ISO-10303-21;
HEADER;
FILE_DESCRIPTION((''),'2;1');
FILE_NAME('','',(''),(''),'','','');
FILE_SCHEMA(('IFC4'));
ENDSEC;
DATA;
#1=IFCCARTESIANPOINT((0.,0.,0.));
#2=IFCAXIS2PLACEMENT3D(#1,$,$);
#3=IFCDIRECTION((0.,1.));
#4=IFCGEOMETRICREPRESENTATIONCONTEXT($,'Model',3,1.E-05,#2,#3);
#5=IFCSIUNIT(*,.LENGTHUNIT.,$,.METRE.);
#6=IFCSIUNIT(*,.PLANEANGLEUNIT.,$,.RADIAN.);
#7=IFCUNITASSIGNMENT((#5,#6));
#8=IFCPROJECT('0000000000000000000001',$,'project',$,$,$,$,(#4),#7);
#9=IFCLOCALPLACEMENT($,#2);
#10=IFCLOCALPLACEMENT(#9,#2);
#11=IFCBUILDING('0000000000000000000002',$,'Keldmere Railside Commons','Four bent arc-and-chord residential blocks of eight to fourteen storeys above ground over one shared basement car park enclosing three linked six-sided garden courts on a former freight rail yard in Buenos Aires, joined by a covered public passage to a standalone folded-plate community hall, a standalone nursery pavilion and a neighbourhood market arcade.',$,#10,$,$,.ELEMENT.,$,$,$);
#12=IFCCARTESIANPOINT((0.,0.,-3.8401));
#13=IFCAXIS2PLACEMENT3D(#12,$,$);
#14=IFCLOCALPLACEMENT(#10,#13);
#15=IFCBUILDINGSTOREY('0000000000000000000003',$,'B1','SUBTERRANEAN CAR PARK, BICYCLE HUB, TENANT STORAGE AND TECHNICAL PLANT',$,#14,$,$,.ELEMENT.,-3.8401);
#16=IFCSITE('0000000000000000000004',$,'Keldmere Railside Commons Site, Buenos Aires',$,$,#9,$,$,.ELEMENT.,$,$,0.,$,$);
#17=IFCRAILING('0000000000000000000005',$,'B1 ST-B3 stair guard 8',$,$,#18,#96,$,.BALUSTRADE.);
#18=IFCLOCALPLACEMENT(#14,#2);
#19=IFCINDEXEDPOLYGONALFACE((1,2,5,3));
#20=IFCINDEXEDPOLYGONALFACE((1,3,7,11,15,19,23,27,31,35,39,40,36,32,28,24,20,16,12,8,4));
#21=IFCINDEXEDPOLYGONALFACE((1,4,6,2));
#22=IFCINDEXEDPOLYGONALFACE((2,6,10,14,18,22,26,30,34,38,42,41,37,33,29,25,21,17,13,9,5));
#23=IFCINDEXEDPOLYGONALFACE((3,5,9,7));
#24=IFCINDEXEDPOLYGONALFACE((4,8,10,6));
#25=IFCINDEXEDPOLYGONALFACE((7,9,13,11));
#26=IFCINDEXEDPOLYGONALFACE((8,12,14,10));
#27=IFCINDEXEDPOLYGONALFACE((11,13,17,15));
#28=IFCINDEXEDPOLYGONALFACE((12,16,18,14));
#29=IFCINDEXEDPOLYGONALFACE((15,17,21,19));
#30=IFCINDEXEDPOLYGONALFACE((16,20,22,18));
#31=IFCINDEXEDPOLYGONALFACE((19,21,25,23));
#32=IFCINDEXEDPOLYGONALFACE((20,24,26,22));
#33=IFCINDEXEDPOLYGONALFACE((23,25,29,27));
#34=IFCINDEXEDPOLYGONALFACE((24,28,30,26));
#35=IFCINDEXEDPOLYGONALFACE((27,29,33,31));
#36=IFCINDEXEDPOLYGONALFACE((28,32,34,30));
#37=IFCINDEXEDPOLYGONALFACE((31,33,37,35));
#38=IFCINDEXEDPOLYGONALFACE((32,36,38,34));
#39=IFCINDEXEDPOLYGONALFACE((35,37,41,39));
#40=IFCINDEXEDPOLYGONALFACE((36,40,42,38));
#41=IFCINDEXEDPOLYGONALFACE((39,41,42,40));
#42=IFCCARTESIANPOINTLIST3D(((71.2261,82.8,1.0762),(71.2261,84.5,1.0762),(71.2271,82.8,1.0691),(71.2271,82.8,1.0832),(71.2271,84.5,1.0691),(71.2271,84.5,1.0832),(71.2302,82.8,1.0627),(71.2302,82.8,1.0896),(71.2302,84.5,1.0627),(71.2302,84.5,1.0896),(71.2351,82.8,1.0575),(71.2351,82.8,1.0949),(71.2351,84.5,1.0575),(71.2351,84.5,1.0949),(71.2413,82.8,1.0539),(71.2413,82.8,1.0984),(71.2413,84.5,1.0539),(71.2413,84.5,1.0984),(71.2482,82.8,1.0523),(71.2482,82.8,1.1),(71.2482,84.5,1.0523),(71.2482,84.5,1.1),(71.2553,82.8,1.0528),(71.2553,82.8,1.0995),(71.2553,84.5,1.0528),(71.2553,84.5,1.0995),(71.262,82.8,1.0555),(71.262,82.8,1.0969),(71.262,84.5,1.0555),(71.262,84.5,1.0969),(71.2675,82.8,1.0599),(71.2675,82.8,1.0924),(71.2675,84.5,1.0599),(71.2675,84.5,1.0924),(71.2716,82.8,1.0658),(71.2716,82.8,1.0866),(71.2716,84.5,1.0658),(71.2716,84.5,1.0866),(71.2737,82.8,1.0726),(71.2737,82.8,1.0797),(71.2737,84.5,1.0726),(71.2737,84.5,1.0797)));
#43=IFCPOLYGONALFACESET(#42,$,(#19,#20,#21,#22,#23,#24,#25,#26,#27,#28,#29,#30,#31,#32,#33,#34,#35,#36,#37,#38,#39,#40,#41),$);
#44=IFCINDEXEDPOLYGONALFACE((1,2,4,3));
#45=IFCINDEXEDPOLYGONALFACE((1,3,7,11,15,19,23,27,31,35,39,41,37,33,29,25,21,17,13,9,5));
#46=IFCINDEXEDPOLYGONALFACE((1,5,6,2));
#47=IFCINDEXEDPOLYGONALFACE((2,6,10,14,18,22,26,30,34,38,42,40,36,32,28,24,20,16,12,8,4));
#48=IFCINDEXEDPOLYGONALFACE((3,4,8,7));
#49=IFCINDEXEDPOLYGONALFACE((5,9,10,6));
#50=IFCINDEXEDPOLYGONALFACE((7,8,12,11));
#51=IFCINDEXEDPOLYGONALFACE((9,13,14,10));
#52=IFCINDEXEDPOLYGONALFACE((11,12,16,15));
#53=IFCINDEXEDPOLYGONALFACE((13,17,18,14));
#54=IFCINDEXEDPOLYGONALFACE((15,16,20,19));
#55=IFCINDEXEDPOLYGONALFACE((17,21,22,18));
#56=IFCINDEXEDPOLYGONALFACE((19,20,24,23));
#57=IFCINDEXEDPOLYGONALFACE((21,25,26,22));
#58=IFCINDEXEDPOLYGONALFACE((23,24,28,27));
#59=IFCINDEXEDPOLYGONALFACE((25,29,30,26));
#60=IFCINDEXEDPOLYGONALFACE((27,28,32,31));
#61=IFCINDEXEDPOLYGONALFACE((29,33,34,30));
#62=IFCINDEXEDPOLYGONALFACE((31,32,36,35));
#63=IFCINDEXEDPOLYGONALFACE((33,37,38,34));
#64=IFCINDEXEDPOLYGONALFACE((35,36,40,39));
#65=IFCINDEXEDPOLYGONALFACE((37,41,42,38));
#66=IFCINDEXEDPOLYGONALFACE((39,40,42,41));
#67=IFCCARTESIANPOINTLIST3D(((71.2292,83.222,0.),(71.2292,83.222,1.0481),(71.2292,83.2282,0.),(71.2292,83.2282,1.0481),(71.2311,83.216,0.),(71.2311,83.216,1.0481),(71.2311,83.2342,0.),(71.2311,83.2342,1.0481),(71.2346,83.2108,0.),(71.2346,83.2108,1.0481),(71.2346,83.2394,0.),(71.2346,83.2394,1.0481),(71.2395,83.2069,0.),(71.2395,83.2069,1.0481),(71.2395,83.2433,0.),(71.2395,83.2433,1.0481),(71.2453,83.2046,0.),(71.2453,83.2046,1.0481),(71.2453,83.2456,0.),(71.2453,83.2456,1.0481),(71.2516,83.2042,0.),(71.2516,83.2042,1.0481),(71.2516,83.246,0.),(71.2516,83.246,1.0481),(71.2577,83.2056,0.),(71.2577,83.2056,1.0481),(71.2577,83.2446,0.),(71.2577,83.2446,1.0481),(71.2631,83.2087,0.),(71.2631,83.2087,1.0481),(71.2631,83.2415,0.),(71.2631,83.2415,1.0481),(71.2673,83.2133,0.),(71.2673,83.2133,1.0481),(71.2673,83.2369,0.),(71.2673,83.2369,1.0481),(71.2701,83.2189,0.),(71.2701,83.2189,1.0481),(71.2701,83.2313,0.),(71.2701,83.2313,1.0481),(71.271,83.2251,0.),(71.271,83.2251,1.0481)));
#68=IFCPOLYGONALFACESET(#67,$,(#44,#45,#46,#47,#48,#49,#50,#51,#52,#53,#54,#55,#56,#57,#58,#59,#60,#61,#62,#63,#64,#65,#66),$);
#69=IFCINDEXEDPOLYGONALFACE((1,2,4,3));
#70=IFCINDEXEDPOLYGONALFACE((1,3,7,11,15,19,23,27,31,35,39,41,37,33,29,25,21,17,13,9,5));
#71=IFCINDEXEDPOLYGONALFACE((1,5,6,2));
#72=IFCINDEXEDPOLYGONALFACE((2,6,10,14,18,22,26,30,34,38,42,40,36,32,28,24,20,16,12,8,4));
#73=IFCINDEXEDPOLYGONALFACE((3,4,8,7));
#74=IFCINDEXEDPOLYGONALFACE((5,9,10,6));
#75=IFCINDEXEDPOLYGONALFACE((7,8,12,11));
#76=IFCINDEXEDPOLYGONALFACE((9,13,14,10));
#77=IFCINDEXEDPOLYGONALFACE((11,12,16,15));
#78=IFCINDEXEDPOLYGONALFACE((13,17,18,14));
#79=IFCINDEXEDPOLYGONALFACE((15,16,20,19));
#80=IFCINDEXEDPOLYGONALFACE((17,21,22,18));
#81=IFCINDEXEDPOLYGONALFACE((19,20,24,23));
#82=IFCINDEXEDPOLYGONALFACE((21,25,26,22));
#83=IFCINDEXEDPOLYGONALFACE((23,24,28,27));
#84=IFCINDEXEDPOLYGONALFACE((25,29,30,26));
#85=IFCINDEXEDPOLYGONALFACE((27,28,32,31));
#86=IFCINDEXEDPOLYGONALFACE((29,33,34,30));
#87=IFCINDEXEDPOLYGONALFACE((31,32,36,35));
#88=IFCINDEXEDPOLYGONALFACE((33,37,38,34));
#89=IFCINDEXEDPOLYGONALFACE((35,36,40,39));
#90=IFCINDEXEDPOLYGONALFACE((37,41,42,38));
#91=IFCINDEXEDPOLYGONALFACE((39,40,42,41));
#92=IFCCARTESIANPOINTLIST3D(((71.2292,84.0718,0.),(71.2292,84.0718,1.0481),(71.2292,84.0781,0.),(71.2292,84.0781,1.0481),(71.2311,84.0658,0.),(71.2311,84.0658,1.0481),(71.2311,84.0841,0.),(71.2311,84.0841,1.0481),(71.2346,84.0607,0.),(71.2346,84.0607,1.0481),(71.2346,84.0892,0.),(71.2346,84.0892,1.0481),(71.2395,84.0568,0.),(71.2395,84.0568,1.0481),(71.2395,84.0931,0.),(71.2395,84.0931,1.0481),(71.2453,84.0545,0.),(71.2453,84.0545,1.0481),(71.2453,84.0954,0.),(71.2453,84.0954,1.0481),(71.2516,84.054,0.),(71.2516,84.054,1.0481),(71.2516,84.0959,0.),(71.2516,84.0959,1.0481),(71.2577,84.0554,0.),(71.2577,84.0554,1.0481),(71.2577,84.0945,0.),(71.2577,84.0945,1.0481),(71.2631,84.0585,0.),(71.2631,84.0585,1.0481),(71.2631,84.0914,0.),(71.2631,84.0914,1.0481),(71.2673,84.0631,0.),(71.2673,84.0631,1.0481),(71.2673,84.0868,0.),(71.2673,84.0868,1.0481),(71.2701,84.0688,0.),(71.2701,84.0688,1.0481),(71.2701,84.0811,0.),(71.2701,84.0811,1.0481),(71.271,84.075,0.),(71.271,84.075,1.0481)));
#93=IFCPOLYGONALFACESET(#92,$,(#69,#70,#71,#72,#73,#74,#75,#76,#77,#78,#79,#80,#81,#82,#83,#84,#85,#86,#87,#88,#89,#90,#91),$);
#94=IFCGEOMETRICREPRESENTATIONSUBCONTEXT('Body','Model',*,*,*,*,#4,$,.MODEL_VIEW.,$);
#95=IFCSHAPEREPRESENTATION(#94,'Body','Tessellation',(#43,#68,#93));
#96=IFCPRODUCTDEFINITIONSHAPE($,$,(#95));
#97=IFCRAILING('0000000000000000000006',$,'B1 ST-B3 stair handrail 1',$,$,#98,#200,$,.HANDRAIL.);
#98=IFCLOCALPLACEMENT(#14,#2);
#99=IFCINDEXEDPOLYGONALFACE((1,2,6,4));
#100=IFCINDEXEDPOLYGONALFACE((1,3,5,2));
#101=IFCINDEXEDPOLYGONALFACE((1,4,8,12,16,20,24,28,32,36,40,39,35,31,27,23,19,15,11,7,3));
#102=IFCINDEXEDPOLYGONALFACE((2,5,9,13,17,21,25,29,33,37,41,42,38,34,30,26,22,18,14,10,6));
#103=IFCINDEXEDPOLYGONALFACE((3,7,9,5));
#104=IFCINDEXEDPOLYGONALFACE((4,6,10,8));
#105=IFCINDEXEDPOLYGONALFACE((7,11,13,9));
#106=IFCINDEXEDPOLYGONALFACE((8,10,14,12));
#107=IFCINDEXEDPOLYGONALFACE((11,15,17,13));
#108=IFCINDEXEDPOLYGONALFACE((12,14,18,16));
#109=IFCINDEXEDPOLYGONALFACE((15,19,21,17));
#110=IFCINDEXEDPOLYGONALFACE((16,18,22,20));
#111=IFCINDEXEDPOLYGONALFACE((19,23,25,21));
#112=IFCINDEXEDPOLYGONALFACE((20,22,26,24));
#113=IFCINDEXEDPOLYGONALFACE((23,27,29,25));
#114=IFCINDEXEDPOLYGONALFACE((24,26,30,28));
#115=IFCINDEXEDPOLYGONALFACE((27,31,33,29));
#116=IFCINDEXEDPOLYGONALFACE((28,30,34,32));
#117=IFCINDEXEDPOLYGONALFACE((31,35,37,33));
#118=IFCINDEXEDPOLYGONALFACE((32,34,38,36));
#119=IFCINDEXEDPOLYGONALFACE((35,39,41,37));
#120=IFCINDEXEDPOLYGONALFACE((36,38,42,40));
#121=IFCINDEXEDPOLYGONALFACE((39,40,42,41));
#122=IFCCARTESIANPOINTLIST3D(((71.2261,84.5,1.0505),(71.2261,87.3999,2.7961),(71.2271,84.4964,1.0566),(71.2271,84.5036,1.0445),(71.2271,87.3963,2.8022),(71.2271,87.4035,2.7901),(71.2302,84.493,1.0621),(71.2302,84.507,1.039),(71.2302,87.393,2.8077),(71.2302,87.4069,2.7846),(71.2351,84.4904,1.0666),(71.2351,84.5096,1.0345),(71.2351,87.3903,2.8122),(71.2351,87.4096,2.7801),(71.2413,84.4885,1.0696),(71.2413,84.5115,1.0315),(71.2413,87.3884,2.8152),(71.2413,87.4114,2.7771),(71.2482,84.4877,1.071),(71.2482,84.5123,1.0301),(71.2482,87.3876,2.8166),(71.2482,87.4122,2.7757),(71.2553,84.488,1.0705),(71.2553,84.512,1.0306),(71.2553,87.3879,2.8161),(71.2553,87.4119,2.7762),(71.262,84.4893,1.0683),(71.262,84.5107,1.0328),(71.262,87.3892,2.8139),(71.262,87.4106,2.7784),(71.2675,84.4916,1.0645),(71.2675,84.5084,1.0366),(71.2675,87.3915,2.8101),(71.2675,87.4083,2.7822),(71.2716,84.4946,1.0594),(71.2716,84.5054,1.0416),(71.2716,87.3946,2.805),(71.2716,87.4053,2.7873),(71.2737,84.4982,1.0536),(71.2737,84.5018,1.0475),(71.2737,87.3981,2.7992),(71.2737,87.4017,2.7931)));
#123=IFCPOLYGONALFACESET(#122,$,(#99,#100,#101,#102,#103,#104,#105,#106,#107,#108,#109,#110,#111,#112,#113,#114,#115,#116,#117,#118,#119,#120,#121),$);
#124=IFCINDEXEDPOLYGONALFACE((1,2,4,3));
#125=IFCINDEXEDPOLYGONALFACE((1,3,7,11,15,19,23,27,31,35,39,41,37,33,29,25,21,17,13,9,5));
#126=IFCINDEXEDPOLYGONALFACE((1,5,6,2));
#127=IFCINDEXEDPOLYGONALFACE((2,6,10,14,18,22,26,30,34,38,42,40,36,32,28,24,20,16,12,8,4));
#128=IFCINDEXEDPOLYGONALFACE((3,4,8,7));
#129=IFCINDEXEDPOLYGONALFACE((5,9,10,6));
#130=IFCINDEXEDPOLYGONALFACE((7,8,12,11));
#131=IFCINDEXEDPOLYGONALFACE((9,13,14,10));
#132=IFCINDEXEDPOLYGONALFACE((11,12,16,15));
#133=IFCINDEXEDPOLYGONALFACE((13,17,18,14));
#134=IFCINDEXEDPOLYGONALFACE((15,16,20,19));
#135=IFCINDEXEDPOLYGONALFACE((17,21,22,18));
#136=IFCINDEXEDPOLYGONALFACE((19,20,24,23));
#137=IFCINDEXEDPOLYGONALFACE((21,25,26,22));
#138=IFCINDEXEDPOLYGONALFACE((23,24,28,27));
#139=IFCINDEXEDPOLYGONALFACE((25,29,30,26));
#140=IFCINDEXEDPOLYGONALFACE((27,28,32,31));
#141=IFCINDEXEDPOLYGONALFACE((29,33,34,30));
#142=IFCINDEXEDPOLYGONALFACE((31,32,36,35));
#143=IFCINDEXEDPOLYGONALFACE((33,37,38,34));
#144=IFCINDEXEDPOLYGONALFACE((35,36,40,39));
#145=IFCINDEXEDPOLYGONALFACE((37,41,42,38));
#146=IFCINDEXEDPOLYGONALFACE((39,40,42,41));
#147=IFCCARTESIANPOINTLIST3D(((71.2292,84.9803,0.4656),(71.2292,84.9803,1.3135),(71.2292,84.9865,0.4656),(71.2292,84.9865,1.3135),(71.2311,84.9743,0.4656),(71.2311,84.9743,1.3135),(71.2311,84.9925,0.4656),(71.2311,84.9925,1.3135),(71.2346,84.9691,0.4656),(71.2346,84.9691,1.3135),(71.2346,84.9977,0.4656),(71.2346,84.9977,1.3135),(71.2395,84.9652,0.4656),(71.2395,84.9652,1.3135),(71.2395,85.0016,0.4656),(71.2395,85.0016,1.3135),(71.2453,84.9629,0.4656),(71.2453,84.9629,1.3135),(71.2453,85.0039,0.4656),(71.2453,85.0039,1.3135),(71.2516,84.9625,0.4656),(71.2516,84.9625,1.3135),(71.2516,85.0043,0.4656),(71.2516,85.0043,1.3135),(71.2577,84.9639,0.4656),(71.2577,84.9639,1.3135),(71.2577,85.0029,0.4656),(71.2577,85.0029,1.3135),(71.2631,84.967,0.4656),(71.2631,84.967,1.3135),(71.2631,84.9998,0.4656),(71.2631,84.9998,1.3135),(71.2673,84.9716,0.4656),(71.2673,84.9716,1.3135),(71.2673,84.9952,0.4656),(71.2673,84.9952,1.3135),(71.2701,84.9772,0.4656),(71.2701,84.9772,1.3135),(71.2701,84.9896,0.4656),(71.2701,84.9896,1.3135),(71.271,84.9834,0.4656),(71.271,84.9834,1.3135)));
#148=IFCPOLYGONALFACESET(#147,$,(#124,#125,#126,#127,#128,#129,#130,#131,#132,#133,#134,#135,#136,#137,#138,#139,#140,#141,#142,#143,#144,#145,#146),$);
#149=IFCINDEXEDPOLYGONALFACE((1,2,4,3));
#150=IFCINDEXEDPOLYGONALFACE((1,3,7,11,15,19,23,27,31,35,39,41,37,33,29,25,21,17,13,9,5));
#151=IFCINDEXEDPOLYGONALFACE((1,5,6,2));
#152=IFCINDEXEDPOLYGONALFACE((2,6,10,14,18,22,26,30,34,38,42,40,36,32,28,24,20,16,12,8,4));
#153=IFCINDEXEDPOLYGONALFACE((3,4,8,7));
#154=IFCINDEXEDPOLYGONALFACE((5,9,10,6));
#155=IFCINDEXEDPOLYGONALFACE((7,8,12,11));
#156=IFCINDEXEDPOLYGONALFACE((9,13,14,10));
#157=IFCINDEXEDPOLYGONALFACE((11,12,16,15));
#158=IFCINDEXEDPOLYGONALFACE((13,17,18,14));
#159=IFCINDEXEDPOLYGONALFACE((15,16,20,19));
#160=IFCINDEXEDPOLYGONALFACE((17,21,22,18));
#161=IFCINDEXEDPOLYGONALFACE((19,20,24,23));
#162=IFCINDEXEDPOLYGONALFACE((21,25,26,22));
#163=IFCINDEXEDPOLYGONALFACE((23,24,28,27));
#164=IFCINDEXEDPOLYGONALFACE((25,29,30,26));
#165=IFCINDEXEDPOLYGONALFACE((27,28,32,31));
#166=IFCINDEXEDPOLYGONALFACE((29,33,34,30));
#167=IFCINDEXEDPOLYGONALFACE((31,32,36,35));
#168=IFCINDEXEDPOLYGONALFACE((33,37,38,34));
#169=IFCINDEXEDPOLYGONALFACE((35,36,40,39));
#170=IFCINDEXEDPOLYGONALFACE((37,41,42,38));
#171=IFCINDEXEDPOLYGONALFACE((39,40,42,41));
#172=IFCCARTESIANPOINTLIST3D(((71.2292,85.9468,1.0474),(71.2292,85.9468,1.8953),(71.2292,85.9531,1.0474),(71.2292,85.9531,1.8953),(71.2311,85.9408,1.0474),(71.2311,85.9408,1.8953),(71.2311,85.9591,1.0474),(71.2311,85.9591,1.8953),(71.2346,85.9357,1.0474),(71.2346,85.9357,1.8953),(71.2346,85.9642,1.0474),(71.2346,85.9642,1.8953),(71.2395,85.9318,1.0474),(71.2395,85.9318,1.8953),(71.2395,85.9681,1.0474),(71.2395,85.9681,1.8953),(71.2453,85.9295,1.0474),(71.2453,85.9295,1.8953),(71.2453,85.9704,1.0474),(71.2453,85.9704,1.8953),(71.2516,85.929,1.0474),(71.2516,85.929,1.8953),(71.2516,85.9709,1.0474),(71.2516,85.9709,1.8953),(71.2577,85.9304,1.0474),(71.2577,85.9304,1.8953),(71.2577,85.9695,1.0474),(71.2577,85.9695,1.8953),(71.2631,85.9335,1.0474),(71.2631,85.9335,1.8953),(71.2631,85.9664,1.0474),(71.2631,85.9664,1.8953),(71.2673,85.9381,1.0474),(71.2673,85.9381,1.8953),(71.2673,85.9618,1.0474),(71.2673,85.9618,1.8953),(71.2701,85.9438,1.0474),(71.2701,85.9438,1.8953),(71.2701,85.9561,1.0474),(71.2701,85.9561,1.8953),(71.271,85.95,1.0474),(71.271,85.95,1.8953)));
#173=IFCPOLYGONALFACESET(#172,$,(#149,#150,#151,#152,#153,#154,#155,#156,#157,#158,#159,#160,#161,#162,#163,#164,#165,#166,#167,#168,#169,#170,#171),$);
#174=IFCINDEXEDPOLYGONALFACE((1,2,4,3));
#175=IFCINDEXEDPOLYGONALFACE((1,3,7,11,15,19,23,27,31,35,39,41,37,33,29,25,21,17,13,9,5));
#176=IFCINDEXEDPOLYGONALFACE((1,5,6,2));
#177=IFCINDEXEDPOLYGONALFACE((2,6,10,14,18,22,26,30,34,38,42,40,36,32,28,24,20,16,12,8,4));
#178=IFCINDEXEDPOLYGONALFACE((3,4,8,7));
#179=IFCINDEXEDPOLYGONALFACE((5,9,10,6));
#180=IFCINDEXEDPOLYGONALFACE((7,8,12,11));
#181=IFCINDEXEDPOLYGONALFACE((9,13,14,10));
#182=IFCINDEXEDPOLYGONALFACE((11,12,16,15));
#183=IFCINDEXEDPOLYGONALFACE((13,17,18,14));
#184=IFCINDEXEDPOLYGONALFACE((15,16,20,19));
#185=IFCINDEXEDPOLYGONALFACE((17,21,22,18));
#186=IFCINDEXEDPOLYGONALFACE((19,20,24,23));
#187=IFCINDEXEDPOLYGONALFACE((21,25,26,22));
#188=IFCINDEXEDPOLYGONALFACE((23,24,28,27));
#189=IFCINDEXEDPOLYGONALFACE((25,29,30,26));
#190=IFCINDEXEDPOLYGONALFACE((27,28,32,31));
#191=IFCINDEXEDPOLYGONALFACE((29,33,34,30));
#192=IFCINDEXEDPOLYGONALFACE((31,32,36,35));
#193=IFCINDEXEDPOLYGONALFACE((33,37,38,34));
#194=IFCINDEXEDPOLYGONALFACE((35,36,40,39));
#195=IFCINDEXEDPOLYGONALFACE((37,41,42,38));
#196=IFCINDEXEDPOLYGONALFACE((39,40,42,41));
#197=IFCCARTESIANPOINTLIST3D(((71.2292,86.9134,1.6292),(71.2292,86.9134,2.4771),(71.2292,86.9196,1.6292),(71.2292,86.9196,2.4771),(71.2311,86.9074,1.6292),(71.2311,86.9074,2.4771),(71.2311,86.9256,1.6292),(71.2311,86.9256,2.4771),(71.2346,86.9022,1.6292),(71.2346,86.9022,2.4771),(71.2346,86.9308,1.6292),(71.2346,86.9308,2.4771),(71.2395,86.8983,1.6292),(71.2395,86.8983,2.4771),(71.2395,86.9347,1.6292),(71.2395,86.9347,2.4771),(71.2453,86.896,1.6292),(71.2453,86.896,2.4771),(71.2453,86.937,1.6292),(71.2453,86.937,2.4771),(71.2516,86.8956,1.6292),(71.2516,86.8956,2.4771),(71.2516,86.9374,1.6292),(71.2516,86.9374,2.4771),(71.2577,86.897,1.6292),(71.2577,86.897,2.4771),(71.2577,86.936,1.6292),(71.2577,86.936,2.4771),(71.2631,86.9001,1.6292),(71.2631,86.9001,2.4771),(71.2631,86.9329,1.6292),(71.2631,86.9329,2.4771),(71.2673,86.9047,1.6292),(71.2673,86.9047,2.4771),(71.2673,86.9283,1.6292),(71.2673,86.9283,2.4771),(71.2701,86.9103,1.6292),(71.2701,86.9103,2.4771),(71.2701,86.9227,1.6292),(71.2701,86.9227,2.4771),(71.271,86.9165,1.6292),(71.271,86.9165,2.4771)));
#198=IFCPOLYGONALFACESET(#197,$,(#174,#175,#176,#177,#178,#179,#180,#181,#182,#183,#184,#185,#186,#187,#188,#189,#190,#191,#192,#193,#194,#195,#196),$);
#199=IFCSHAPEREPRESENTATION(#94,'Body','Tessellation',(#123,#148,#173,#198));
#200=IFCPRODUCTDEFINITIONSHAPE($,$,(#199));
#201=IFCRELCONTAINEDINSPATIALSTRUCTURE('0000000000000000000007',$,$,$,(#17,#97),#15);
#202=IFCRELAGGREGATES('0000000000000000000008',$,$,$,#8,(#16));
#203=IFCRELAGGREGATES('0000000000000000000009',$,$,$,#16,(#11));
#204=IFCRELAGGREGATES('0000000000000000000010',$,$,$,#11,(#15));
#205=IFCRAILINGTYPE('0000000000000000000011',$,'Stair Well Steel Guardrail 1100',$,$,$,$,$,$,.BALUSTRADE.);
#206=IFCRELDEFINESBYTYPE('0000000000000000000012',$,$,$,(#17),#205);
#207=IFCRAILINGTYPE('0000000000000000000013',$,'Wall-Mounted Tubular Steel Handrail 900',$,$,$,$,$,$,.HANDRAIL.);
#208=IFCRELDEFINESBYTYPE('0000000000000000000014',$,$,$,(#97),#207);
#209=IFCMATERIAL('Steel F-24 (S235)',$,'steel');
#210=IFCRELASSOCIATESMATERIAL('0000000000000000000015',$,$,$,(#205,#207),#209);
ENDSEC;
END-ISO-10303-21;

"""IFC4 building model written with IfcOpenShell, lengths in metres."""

from ifc_helpers import new_model, si_unit, direction, frame, origin, origin_2d, place, context, subcontext, project, spatial, circle, extrude, material, type_object, element, save


model = new_model("IFC4")

# Units and contexts
model_context = context("Model", 3, precision=1e-05, world=origin(), true_north=direction((0.0, 1.0)))
body_context = subcontext(model_context, "Body", "Model", "MODEL_VIEW")
ifc_project = project(units=[si_unit("LENGTHUNIT", "METRE"), si_unit("PLANEANGLEUNIT", "RADIAN")], contexts=[model_context])

# Site, building, storey
site_placement = place(None, origin())
site = spatial("IfcSite", under=ifc_project, at=site_placement, Name="Keldmere Railside Commons Site, Buenos Aires", CompositionType="ELEMENT", RefElevation=0.0)
building_placement = place(site_placement, origin())
building = spatial("IfcBuilding", under=site, at=building_placement, Name="Keldmere Railside Commons", Description="Four bent arc-and-chord residential blocks of eight to fourteen storeys above ground over one shared basement car park enclosing three linked six-sided garden courts on a former freight rail yard in Buenos Aires, joined by a covered public passage to a standalone folded-plate community hall, a standalone nursery pavilion and a neighbourhood market arcade.", CompositionType="ELEMENT")
storey_placement = place(building_placement, frame((0.0, 0.0, -3.8401)))
storey = spatial("IfcBuildingStorey", under=building, at=storey_placement, Name="B1", Description="SUBTERRANEAN CAR PARK, BICYCLE HUB, TENANT STORAGE AND TECHNICAL PLANT", CompositionType="ELEMENT", Elevation=-3.8401)

# Shared definitions
ifc_material_1 = material(Name="Steel F-24 (S235)", Category="steel")

# Railings
railing_type_1 = type_object("IfcRailingType", Name="Stair Well Steel Guardrail 1100", PredefinedType="BALUSTRADE", material=ifc_material_1)
railing_1_placement = place(storey_placement, frame((71.25, 82.8, 0.0)))
element("IfcRailing", 1, at=railing_1_placement, inside=storey, type_object=railing_type_1, Name="B1 ST-B3 stair guard 8", PredefinedType="BALUSTRADE", context=body_context, shape_type="SweptSolid", body=[
    extrude(circle(Radius=0.0239, at=origin_2d()), frame((0.0, 0.0, 1.0762), z_axis=(0.0, 1.0, 0.0), x_axis=(-1.0, 0.0, 0.0)), (0.0, 0.0, 1.0), 1.7),
    extrude(circle(Radius=0.021, at=origin_2d()), frame((0.0, 0.425, 0.0)), (0.0, 0.0, 1.0), 1.0481),
    extrude(circle(Radius=0.021, at=origin_2d()), frame((0.0, 1.2749, 0.0)), (0.0, 0.0, 1.0), 1.0481),
])
railing_type_2 = type_object("IfcRailingType", Name="Wall-Mounted Tubular Steel Handrail 900", PredefinedType="HANDRAIL", material=ifc_material_1)
railing_2_placement = place(storey_placement, frame((71.25, 84.5, 0.1746)))
element("IfcRailing", 2, at=railing_2_placement, inside=storey, type_object=railing_type_2, Name="B1 ST-B3 stair handrail 1", PredefinedType="HANDRAIL", context=body_context, shape_type="SweptSolid", body=[
    extrude(circle(Radius=0.0239, at=origin_2d()), frame((0.0, 0.0, 0.876), z_axis=(0.0, 0.856754, 0.515726), x_axis=(-1.0, 0.0, 0.0)), (0.0, 0.0, 1.0), 3.3848),
    extrude(circle(Radius=0.021, at=origin_2d()), frame((0.0, 0.4834, 0.291)), (0.0, 0.0, 1.0), 0.8479),
    extrude(circle(Radius=0.021, at=origin_2d()), frame((0.0, 1.45, 0.8728)), (0.0, 0.0, 1.0), 0.8479),
    extrude(circle(Radius=0.021, at=origin_2d()), frame((0.0, 2.4165, 1.4546)), (0.0, 0.0, 1.0), 0.8479),
])

save(model, "model.ifc")
